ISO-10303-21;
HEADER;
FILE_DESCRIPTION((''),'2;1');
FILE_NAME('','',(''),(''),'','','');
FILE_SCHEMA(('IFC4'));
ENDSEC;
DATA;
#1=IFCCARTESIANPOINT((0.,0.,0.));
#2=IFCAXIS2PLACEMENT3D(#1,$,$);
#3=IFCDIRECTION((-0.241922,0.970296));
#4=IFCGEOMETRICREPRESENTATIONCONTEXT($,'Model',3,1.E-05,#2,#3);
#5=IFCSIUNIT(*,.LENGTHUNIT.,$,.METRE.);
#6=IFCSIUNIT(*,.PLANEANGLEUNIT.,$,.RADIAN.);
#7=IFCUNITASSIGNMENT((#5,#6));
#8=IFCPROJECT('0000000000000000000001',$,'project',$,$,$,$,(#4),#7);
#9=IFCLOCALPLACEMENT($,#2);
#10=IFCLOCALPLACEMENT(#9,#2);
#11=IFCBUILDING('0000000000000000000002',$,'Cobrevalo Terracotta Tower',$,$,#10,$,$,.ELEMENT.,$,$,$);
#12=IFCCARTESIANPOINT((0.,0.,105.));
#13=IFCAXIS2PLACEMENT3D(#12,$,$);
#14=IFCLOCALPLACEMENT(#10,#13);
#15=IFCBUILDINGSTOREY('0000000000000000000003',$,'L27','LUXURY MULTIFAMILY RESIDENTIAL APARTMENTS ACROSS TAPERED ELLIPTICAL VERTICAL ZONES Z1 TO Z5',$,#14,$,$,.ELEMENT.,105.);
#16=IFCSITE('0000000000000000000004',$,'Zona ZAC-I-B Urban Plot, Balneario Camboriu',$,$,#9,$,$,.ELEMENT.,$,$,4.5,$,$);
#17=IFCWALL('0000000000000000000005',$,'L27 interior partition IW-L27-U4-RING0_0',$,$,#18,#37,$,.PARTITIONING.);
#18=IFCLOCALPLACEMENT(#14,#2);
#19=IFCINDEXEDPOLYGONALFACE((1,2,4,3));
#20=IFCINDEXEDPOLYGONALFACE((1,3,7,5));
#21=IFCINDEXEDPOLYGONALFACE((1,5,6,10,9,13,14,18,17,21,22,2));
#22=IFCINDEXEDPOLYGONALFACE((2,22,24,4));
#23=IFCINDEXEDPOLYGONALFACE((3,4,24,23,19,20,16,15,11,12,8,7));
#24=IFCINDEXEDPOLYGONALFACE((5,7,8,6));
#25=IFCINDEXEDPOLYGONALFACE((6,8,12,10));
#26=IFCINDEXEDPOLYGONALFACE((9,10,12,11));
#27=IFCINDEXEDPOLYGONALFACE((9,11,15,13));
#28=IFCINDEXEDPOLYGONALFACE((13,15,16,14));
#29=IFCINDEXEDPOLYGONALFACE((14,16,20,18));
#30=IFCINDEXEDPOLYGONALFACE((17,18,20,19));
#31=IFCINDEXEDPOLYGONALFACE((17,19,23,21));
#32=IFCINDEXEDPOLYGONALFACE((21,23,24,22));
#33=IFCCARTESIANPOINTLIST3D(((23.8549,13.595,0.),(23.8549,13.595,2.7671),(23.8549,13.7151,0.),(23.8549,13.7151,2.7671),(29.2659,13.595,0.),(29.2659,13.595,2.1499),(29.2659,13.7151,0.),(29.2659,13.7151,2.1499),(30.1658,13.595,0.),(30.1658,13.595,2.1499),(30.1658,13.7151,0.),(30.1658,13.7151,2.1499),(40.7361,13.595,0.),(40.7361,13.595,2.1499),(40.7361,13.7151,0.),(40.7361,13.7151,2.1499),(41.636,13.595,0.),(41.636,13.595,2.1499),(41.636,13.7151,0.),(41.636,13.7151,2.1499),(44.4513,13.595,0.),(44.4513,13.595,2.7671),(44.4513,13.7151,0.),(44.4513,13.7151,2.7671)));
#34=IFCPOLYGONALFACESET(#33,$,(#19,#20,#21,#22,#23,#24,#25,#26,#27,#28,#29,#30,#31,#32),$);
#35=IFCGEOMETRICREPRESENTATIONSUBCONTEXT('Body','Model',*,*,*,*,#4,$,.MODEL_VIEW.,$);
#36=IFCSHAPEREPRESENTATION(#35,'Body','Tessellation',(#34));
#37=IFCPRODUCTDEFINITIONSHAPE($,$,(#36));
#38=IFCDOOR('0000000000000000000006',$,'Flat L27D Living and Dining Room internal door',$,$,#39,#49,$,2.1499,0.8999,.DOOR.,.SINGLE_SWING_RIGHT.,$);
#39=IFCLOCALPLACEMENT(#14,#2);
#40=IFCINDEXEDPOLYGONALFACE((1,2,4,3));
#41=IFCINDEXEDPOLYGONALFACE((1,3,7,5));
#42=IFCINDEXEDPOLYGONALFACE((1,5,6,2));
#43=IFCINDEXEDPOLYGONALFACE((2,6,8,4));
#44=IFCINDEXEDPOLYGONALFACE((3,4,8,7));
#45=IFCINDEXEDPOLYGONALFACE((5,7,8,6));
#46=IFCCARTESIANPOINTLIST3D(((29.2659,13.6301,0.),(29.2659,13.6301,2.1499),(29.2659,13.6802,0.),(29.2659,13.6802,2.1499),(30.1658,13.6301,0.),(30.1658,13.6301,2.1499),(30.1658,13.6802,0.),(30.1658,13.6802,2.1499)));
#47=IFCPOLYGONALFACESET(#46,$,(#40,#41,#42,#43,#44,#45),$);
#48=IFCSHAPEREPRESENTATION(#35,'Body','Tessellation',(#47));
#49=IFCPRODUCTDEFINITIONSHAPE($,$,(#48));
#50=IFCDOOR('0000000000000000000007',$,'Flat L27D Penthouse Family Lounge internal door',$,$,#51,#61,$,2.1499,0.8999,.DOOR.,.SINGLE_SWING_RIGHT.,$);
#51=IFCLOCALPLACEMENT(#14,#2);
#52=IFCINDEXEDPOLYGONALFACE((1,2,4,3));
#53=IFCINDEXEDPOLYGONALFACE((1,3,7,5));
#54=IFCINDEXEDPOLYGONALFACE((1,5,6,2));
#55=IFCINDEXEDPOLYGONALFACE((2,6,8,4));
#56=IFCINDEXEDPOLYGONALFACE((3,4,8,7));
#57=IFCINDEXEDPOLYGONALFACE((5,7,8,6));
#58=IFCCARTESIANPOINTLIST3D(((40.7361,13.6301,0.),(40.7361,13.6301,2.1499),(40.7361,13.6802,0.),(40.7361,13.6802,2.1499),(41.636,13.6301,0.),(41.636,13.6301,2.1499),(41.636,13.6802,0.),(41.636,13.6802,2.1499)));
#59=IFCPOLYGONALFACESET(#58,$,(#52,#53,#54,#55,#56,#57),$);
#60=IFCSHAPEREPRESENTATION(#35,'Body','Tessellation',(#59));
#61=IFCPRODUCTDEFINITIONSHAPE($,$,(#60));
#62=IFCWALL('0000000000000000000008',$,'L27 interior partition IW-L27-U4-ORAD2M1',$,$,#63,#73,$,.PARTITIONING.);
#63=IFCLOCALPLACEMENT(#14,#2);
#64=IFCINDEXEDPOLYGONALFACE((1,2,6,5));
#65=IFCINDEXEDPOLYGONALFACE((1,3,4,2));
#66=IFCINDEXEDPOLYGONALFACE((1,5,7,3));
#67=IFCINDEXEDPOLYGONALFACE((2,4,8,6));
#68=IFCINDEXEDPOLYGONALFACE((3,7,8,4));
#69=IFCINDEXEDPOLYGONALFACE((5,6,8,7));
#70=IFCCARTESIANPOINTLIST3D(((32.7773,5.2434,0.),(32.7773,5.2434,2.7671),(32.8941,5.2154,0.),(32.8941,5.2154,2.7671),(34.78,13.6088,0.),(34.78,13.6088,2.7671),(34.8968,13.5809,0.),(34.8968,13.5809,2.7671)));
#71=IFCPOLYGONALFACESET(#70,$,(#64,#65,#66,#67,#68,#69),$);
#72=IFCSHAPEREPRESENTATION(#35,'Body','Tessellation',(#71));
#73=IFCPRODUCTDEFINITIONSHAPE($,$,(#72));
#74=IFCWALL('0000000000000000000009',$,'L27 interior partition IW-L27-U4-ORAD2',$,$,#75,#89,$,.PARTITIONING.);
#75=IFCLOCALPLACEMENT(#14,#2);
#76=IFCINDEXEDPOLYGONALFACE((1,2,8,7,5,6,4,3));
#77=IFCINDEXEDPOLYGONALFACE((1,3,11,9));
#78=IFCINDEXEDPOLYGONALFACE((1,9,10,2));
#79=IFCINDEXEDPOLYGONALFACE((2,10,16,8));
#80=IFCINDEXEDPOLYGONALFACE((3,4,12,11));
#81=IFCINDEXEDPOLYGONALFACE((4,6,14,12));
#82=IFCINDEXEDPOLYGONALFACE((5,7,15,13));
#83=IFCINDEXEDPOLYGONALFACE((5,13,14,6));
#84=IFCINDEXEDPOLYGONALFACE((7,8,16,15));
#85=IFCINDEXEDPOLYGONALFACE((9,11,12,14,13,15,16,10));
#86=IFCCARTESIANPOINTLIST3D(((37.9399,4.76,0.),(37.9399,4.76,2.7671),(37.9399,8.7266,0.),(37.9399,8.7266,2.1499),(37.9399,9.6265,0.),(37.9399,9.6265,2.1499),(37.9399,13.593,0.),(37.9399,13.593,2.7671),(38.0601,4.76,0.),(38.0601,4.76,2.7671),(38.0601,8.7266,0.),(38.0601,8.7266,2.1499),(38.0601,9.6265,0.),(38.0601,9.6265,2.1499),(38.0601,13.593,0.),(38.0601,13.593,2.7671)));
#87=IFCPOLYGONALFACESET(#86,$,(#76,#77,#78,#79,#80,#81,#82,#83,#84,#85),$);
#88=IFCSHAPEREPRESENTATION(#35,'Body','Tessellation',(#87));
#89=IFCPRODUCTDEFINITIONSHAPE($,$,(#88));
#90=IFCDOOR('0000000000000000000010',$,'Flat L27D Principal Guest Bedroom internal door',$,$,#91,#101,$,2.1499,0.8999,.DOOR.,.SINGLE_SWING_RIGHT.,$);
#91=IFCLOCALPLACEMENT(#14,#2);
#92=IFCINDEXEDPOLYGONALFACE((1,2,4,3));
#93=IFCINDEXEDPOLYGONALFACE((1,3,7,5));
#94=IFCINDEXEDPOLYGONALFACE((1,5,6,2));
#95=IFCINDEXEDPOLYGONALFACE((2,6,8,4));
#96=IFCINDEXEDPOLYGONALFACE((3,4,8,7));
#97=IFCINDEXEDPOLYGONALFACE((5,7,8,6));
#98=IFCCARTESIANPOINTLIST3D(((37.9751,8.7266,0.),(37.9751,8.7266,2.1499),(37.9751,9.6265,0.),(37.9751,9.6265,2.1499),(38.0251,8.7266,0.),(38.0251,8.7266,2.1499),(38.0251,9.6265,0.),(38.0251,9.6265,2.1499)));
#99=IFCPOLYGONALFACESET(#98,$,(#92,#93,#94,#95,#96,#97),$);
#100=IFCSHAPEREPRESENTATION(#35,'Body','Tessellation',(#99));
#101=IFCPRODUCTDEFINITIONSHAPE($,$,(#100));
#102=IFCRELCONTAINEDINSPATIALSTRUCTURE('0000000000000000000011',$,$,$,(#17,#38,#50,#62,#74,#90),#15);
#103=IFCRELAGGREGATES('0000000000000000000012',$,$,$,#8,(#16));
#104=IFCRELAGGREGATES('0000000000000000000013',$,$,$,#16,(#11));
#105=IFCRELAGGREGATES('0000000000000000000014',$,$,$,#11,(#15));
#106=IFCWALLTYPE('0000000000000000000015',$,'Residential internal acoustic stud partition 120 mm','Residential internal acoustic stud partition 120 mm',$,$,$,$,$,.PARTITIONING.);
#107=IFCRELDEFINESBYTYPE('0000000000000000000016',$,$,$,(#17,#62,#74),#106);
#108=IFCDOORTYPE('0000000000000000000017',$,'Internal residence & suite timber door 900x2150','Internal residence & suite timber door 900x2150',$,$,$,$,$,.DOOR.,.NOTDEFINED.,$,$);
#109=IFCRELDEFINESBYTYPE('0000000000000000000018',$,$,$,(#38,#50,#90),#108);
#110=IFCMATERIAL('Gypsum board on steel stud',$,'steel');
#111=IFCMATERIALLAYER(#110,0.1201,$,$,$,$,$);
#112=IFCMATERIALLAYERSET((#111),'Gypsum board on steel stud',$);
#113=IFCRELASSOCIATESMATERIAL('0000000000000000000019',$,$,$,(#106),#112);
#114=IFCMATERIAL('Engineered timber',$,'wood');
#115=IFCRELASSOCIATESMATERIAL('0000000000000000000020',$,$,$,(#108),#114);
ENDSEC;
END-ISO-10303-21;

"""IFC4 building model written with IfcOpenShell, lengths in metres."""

from ifc_helpers import new_model, si_unit, direction, frame, frame_2d, origin, place, context, subcontext, project, spatial, rectangle, extrude, source, transform, mapped, material, layer, layer_set, type_object, element, fill, save


model = new_model("IFC4")

# Units and contexts
model_context = context("Model", 3, precision=1e-05, world=origin(), true_north=direction((-0.241922, 0.970296)))
body_context = subcontext(model_context, "Body", "Model", "MODEL_VIEW")
ifc_project = project(units=[si_unit("LENGTHUNIT", "METRE"), si_unit("PLANEANGLEUNIT", "RADIAN")], contexts=[model_context])

# Site, building, storey
site_placement = place(None, origin())
site = spatial("IfcSite", under=ifc_project, at=site_placement, Name="Zona ZAC-I-B Urban Plot, Balneario Camboriu", CompositionType="ELEMENT", RefElevation=4.5)
building_placement = place(site_placement, origin())
building = spatial("IfcBuilding", under=site, at=building_placement, Name="Cobrevalo Terracotta Tower", CompositionType="ELEMENT")
storey_placement = place(building_placement, frame((0.0, 0.0, 105.0)))
storey = spatial("IfcBuildingStorey", under=building, at=storey_placement, Name="L27", Description="LUXURY MULTIFAMILY RESIDENTIAL APARTMENTS ACROSS TAPERED ELLIPTICAL VERTICAL ZONES Z1 TO Z5", CompositionType="ELEMENT", Elevation=105.0)

# Wall, openings, doors
ifc_material_1 = material(Name="Gypsum board on steel stud", Category="steel")
ifc_layer_1 = layer(ifc_material_1, 0.1201)
ifc_layer_set_1 = layer_set([ifc_layer_1], Name="Gypsum board on steel stud")
wall_type = type_object("IfcWallType", Name="Residential internal acoustic stud partition 120 mm", Description="Residential internal acoustic stud partition 120 mm", PredefinedType="PARTITIONING", material=ifc_layer_set_1)
wall_1_placement = place(storey_placement, frame((44.4514, 13.655, 0.0), z_axis=(0.0, 0.0, 1.0), x_axis=(-1.0, 0.0, 0.0)))
wall_1 = element("IfcWall", 1, at=wall_1_placement, inside=storey, type_object=wall_type, Name="L27 interior partition IW-L27-U4-RING0_0", PredefinedType="PARTITIONING", context=body_context, shape_type="SweptSolid", body=[
    extrude(rectangle(XDim=20.5964, YDim=0.1201, at=frame_2d((10.2983, 0.0))), origin(), (0.0, 0.0, 1.0), 2.7671),
])
opening_1_placement = place(wall_1_placement, frame((14.2856, 0.0, 0.0)))
opening_1 = element("IfcOpeningElement", 2, at=opening_1_placement, cuts=wall_1, PredefinedType="OPENING", context=body_context, shape_type="SweptSolid", body=[
    extrude(rectangle(XDim=0.8999, YDim=2.1499, at=frame_2d((0.45, 1.075))), frame((0.0, 0.0701, 0.0), z_axis=(0.0, -1.0, 0.0), x_axis=(1.0, 0.0, 0.0)), (0.0, 0.0, 1.0), 0.1401),
])
opening_2_placement = place(wall_1_placement, frame((2.8154, 0.0, 0.0)))
opening_2 = element("IfcOpeningElement", 3, at=opening_2_placement, cuts=wall_1, PredefinedType="OPENING", context=body_context, shape_type="SweptSolid", body=[
    extrude(rectangle(XDim=0.8999, YDim=2.1499, at=frame_2d((0.45, 1.075))), frame((0.0, 0.0701, 0.0), z_axis=(0.0, -1.0, 0.0), x_axis=(1.0, 0.0, 0.0)), (0.0, 0.0, 1.0), 0.1401),
])
ifc_material_2 = material(Name="Engineered timber", Category="wood")
door_type = type_object("IfcDoorType", Name="Internal residence & suite timber door 900x2150", Description="Internal residence & suite timber door 900x2150", OperationType="NOTDEFINED", PredefinedType="DOOR", material=ifc_material_2)
shared_shape_1 = source(origin(), body_context, "Body", "SweptSolid", [
    extrude(rectangle(XDim=0.8999, YDim=2.1499, at=frame_2d((0.45, 1.075))), frame((0.0, 0.0249, 0.0), z_axis=(0.0, -1.0, 0.0), x_axis=(1.0, 0.0, 0.0)), (0.0, 0.0, 1.0), 0.05),
])
door_1_placement = place(opening_1_placement, origin())
door_1 = element("IfcDoor", 4, at=door_1_placement, inside=storey, type_object=door_type, Name="Flat L27D Living and Dining Room internal door", OperationType="SINGLE_SWING_RIGHT", OverallHeight=2.1499, OverallWidth=0.8999, PredefinedType="DOOR", context=body_context, shape_type="MappedRepresentation", body=[
    mapped(shared_shape_1, transform((0.0, 0.0, 0.0), scale=1.0)),
])
fill(opening_1, door_1)
door_2_placement = place(opening_2_placement, origin())
door_2 = element("IfcDoor", 5, at=door_2_placement, inside=storey, type_object=door_type, Name="Flat L27D Penthouse Family Lounge internal door", OperationType="SINGLE_SWING_RIGHT", OverallHeight=2.1499, OverallWidth=0.8999, PredefinedType="DOOR", context=body_context, shape_type="MappedRepresentation", body=[
    mapped(shared_shape_1, transform((0.0, 0.0, 0.0), scale=1.0)),
])
fill(opening_2, door_2)

# Wall
wall_2_placement = place(storey_placement, frame((34.8384, 13.5947, 0.0), z_axis=(0.0, 0.0, 1.0), x_axis=(-0.23282, -0.97252, 0.0)))
element("IfcWall", 6, at=wall_2_placement, inside=storey, type_object=wall_type, Name="L27 interior partition IW-L27-U4-ORAD2M1", PredefinedType="PARTITIONING", context=body_context, shape_type="SweptSolid", body=[
    extrude(rectangle(XDim=8.6018, YDim=0.1201, at=frame_2d((4.3008, 0.0))), origin(), (0.0, 0.0, 1.0), 2.7671),
])

# Wall, opening, door
wall_3_placement = place(storey_placement, frame((38.0, 13.593, 0.0), z_axis=(0.0, 0.0, 1.0), x_axis=(0.0, -1.0, 0.0)))
wall_3 = element("IfcWall", 7, at=wall_3_placement, inside=storey, type_object=wall_type, Name="L27 interior partition IW-L27-U4-ORAD2", PredefinedType="PARTITIONING", context=body_context, shape_type="SweptSolid", body=[
    extrude(rectangle(XDim=8.833, YDim=0.1201, at=frame_2d((4.4165, 0.0))), origin(), (0.0, 0.0, 1.0), 2.7671),
])
opening_3_placement = place(wall_3_placement, frame((3.9666, 0.0, 0.0)))
opening_3 = element("IfcOpeningElement", 8, at=opening_3_placement, cuts=wall_3, PredefinedType="OPENING", context=body_context, shape_type="SweptSolid", body=[
    extrude(rectangle(XDim=0.8999, YDim=2.1499, at=frame_2d((0.45, 1.075))), frame((0.0, 0.0701, 0.0), z_axis=(0.0, -1.0, 0.0), x_axis=(1.0, 0.0, 0.0)), (0.0, 0.0, 1.0), 0.1401),
])
door_3_placement = place(opening_3_placement, frame((0.8999, 0.0, 0.0), z_axis=(0.0, 0.0, 1.0), x_axis=(-1.0, 0.0, 0.0)))
door_3 = element("IfcDoor", 9, at=door_3_placement, inside=storey, type_object=door_type, Name="Flat L27D Principal Guest Bedroom internal door", OperationType="SINGLE_SWING_RIGHT", OverallHeight=2.1499, OverallWidth=0.8999, PredefinedType="DOOR", context=body_context, shape_type="MappedRepresentation", body=[
    mapped(shared_shape_1, transform((0.0, 0.0, 0.0), scale=1.0)),
])
fill(opening_3, door_3)

save(model, "model.ifc")
